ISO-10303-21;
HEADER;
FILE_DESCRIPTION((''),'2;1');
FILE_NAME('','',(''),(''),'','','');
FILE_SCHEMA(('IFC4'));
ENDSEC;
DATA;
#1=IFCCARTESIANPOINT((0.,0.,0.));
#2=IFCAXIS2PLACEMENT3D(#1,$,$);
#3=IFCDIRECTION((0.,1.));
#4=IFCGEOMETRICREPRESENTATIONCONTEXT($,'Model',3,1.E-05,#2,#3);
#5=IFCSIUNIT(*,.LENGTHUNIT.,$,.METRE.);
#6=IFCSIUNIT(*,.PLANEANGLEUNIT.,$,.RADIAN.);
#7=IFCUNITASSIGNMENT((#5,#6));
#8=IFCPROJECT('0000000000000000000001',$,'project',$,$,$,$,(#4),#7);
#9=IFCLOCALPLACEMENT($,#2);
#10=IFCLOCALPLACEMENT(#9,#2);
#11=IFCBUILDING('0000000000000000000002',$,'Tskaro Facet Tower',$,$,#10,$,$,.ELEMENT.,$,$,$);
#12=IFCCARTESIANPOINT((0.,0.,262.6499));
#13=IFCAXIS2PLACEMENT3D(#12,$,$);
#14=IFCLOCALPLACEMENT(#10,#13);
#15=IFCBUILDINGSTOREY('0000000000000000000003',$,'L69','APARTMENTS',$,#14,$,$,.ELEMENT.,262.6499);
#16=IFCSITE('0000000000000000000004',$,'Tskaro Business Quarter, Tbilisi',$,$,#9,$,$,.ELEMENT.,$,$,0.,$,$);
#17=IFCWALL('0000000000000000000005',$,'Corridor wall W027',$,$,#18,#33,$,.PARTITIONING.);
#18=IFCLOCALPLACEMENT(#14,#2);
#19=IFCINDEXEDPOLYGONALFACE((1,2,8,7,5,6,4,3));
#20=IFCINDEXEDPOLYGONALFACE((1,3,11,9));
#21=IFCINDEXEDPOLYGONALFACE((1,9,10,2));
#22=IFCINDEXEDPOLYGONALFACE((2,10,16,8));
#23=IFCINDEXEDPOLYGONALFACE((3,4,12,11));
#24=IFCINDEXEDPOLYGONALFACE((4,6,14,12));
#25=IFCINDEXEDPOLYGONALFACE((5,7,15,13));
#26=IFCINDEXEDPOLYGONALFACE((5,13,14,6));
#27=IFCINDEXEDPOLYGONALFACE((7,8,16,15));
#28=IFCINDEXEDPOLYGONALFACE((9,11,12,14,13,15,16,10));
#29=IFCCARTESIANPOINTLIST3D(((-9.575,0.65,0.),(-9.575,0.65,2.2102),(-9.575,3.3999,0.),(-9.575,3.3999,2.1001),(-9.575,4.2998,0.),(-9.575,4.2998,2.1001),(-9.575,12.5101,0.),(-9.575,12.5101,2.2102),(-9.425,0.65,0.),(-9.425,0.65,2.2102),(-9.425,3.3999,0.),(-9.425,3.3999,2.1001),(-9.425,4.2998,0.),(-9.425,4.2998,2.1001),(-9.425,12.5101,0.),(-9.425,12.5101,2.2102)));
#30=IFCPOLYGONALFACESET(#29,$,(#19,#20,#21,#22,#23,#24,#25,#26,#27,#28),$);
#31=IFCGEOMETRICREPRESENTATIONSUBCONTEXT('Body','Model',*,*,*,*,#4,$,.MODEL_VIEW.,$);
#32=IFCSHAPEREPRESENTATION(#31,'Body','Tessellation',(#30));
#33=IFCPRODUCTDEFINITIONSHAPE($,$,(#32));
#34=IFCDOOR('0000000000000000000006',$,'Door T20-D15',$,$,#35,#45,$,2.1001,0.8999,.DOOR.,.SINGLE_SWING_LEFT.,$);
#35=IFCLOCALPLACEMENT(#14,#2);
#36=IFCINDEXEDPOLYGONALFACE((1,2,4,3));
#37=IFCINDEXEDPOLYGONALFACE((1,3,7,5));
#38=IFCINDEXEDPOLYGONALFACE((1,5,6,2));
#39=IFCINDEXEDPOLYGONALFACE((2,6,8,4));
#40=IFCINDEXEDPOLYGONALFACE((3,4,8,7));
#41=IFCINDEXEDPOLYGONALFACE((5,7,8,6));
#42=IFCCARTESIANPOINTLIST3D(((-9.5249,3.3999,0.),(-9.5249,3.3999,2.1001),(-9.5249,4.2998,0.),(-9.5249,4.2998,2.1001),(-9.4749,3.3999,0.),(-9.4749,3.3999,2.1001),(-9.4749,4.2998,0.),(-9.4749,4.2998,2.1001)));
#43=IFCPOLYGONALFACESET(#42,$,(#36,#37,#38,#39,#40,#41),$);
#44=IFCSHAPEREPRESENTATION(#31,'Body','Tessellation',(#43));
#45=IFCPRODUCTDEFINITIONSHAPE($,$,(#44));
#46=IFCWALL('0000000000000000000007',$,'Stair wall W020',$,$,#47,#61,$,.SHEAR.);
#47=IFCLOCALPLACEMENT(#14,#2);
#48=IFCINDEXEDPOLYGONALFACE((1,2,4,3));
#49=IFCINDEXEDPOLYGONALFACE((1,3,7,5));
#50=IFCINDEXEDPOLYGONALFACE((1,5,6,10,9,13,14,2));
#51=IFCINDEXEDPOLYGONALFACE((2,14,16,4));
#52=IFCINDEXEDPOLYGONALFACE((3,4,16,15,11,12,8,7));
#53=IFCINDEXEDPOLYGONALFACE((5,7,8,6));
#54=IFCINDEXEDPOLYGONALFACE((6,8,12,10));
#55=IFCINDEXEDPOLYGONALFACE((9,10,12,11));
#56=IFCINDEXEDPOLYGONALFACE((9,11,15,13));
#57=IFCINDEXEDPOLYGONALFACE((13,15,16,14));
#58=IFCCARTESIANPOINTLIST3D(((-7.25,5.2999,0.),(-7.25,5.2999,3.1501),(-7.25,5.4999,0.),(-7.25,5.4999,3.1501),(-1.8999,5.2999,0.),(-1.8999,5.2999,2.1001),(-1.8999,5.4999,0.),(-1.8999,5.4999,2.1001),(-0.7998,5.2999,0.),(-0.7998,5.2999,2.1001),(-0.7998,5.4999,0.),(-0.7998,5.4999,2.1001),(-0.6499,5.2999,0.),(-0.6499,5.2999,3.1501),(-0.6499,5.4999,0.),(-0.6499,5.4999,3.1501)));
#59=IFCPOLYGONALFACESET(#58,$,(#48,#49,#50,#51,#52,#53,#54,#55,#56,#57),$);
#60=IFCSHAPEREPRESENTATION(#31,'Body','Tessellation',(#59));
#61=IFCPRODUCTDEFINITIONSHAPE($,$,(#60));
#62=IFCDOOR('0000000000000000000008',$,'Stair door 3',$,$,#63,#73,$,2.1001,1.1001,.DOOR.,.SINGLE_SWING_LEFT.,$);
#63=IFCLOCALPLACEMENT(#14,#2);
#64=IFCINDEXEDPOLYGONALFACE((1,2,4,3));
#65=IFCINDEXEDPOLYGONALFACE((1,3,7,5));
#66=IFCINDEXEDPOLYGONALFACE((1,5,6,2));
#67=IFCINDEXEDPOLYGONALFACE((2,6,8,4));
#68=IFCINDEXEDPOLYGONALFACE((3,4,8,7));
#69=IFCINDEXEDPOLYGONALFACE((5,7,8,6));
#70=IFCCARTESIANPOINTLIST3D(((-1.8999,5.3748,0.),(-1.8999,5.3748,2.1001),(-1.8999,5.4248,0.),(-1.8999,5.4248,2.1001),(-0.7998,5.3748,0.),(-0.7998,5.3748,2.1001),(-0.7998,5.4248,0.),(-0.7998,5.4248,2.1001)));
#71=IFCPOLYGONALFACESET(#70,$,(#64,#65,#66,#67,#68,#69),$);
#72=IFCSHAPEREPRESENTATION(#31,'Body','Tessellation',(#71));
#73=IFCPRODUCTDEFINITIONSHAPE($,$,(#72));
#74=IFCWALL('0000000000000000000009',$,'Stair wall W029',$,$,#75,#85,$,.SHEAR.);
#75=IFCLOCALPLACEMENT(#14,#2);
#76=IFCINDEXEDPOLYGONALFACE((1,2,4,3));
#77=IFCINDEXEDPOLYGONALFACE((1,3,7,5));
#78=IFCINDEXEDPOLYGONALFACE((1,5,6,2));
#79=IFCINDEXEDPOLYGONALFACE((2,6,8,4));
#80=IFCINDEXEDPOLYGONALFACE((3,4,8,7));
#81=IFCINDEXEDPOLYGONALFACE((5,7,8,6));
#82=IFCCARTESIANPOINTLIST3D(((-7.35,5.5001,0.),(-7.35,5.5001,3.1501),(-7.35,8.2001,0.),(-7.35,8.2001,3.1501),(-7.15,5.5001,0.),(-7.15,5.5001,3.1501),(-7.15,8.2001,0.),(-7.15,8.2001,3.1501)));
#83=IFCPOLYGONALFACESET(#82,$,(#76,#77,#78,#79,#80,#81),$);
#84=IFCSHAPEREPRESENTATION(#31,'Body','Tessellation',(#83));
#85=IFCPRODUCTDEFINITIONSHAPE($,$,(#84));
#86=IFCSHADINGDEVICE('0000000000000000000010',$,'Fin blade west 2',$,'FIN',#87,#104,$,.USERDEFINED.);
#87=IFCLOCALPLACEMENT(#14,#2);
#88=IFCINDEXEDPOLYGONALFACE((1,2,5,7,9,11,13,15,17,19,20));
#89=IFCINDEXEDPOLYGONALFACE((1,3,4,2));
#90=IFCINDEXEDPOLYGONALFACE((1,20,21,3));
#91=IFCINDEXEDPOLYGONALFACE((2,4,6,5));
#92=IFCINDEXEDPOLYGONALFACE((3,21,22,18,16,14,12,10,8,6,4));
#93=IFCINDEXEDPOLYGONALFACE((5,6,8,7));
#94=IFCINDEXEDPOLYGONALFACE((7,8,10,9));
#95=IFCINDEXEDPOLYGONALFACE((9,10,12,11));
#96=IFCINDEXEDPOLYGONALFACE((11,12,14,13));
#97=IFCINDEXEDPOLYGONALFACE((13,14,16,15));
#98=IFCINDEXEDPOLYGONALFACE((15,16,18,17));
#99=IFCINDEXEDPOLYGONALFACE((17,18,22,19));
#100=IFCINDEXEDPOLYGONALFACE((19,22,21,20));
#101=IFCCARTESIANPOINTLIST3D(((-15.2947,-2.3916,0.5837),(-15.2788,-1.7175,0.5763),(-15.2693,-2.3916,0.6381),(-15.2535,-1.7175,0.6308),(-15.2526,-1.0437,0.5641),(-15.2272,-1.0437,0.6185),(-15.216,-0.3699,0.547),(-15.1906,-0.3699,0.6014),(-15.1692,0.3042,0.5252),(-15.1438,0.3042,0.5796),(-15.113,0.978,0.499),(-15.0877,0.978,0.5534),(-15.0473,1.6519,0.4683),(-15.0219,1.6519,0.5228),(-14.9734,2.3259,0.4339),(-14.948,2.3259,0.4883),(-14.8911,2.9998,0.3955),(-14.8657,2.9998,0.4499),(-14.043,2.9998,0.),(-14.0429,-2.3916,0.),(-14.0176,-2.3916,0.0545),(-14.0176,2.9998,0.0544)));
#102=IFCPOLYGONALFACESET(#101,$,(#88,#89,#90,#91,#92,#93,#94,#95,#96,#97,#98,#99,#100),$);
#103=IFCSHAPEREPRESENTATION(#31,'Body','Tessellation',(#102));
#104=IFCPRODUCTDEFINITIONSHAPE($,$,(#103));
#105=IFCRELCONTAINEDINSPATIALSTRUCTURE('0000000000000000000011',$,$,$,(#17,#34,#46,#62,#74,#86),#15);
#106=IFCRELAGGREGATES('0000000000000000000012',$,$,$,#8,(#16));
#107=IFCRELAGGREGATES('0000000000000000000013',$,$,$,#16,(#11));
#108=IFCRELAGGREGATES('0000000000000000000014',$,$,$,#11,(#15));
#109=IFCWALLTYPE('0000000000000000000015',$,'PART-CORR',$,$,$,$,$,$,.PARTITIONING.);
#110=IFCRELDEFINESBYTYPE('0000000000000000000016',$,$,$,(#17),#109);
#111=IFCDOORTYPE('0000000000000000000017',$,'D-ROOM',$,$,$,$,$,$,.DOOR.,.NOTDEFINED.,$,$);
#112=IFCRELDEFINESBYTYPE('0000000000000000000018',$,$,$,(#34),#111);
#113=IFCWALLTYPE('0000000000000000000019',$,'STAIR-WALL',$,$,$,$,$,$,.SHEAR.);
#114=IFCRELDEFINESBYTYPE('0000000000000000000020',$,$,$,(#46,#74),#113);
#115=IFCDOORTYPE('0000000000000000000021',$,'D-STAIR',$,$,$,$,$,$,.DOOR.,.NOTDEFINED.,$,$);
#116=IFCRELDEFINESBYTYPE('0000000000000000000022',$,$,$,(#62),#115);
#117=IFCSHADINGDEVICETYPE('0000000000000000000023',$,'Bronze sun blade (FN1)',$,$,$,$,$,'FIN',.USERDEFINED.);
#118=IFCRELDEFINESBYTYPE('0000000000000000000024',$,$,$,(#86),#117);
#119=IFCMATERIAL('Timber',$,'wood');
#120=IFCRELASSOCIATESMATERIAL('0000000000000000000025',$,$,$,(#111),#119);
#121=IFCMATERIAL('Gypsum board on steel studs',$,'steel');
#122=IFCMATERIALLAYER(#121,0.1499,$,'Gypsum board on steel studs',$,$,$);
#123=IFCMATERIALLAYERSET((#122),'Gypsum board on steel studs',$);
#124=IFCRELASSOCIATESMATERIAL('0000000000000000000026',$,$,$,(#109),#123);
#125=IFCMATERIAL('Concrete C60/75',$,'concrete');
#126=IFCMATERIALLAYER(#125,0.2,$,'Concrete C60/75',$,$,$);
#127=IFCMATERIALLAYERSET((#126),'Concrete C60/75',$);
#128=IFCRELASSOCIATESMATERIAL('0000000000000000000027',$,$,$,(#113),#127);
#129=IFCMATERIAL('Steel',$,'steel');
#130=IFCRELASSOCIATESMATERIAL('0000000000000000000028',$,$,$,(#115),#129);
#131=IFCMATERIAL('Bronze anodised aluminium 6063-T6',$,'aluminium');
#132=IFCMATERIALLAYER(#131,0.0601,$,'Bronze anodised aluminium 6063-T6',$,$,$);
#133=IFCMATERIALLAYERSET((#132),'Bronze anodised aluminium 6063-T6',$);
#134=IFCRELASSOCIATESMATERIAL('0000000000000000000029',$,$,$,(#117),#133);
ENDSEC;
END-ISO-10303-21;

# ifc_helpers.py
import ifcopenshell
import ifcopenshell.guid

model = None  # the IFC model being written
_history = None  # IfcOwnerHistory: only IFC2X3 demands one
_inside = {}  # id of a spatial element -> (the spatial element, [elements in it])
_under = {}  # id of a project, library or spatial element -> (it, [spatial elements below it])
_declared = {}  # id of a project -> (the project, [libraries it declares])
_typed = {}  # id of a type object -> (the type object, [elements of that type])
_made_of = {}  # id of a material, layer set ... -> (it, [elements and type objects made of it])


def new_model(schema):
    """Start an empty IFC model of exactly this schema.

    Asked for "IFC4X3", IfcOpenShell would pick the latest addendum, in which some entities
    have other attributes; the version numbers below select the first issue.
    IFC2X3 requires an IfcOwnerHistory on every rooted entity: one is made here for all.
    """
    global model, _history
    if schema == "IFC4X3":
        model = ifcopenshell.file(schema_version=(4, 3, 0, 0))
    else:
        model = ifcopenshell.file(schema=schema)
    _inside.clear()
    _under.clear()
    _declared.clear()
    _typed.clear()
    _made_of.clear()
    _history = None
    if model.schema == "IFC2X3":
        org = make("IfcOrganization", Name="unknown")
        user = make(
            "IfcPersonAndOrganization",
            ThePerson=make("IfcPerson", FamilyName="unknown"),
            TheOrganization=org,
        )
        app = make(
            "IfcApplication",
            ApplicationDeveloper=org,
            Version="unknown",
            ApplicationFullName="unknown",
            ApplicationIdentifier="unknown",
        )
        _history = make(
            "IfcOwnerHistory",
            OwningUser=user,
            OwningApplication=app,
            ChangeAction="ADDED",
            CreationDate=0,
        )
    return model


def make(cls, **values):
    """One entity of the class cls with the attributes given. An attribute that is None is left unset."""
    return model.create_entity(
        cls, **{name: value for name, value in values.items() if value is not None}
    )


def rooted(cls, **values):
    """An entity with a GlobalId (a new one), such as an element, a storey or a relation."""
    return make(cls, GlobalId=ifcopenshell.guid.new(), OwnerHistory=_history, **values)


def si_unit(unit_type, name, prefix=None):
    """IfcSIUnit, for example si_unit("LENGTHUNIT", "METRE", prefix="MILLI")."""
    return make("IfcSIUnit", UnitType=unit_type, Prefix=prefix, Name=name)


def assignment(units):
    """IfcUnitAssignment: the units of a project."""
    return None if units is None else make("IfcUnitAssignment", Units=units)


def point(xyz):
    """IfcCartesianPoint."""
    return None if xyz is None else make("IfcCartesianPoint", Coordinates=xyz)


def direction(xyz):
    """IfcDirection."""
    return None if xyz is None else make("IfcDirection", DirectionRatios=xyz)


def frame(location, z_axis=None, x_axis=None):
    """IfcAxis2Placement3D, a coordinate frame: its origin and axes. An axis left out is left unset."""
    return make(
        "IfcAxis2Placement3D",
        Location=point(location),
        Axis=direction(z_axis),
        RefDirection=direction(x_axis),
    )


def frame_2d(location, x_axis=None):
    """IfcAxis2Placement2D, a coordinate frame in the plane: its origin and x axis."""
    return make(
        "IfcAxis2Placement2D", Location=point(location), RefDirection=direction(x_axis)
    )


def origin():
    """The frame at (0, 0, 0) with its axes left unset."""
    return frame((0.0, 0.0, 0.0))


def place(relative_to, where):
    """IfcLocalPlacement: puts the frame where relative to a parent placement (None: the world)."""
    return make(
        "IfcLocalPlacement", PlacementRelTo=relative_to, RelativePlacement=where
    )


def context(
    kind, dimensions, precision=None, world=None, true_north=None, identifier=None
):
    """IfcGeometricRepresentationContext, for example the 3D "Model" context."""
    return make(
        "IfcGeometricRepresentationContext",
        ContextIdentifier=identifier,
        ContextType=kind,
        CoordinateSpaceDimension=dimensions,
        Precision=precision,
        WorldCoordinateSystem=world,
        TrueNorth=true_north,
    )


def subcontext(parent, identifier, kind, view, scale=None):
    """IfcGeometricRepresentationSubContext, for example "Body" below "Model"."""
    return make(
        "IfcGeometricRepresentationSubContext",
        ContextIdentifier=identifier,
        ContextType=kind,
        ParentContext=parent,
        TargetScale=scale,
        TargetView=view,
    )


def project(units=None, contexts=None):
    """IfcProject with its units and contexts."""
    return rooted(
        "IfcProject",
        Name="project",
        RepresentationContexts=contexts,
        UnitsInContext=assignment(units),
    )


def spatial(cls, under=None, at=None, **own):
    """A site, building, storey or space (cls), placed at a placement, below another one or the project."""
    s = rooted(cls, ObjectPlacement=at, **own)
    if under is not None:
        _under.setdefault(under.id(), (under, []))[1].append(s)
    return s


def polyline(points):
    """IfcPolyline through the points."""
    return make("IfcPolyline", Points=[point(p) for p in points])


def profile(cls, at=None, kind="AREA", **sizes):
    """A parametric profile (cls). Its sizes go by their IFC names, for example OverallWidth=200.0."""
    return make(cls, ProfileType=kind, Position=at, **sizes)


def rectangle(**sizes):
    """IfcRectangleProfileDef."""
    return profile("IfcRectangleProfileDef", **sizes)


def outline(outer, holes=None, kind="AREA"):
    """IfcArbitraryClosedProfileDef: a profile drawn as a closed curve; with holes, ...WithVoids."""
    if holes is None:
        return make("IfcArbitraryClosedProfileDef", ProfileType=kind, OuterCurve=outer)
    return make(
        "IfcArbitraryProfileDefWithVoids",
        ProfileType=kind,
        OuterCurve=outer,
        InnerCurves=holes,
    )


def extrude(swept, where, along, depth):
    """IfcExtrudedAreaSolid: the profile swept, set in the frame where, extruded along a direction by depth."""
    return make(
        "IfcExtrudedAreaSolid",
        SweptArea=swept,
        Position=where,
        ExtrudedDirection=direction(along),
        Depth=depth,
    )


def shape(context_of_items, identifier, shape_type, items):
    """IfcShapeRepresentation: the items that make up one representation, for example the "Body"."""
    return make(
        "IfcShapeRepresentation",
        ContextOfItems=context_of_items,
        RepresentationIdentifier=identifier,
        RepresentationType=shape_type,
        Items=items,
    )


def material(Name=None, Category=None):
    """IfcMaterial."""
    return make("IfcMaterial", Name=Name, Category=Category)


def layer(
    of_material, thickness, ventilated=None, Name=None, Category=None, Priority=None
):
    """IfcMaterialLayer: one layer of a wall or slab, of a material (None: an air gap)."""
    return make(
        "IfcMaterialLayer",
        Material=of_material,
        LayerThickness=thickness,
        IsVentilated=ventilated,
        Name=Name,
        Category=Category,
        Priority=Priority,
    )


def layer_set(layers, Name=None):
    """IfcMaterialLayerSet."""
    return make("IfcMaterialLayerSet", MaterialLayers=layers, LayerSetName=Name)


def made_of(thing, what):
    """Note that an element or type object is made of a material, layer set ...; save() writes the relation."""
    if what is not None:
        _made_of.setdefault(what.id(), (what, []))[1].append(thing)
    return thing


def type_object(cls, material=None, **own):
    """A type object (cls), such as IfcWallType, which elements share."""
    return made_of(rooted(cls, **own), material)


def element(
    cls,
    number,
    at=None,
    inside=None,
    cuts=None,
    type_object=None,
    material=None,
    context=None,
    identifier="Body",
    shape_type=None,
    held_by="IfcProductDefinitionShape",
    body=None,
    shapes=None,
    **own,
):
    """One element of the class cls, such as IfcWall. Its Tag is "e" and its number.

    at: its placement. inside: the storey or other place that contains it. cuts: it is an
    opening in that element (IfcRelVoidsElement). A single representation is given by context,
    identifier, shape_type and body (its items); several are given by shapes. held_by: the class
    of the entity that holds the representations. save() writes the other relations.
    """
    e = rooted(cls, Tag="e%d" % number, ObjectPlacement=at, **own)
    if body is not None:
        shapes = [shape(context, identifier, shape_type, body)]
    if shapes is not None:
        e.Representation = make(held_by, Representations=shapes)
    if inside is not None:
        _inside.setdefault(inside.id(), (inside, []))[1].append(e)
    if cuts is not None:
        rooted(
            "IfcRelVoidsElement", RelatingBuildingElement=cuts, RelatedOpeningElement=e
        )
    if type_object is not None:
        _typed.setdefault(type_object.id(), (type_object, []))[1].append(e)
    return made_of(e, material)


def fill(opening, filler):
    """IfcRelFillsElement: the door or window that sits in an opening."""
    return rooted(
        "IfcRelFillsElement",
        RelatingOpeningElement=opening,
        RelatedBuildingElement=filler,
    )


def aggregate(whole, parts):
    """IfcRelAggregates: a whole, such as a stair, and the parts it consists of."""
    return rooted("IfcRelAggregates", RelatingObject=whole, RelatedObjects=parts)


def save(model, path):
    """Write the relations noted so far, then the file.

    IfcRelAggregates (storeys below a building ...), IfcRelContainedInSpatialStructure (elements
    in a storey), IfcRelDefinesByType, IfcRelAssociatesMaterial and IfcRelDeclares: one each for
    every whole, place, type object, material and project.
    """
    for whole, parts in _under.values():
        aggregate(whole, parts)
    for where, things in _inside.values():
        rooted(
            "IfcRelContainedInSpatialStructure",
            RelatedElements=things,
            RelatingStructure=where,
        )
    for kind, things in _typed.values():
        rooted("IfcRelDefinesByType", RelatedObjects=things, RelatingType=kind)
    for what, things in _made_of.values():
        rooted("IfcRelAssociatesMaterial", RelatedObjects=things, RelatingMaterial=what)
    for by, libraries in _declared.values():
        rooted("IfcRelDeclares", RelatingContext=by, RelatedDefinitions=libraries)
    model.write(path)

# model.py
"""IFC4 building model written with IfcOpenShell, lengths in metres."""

from ifc_helpers import new_model, si_unit, direction, frame, frame_2d, origin, place, context, subcontext, project, spatial, polyline, rectangle, outline, extrude, material, layer, layer_set, type_object, element, fill, save


model = new_model("IFC4")

# Units and contexts
model_context = context("Model", 3, precision=1e-05, world=origin(), true_north=direction((0.0, 1.0)))
body_context = subcontext(model_context, "Body", "Model", "MODEL_VIEW")
ifc_project = project(units=[si_unit("LENGTHUNIT", "METRE"), si_unit("PLANEANGLEUNIT", "RADIAN")], contexts=[model_context])

# Site, building, storey
site_placement = place(None, origin())
site = spatial("IfcSite", under=ifc_project, at=site_placement, Name="Tskaro Business Quarter, Tbilisi", CompositionType="ELEMENT", RefElevation=0.0)
building_placement = place(site_placement, origin())
building = spatial("IfcBuilding", under=site, at=building_placement, Name="Tskaro Facet Tower", CompositionType="ELEMENT")
storey_placement = place(building_placement, frame((0.0, 0.0, 262.6499)))
storey = spatial("IfcBuildingStorey", under=building, at=storey_placement, Name="L69", Description="APARTMENTS", CompositionType="ELEMENT", Elevation=262.6499)

# Shared definitions
ifc_material_1 = material(Name="Bronze anodised aluminium 6063-T6", Category="aluminium")

# Shared definitions
ifc_material_2 = material(Name="Timber", Category="wood")
door_type_1 = type_object("IfcDoorType", Name="D-ROOM", OperationType="NOTDEFINED", PredefinedType="DOOR", material=ifc_material_2)

# Shared definitions
ifc_material_3 = material(Name="Steel", Category="steel")

# Shared definitions
ifc_material_4 = material(Name="Gypsum board on steel studs", Category="steel")
ifc_layer_1 = layer(ifc_material_4, 0.1499, Name="Gypsum board on steel studs")
ifc_layer_set_1 = layer_set([ifc_layer_1], Name="Gypsum board on steel studs")
wall_type_1 = type_object("IfcWallType", Name="PART-CORR", PredefinedType="PARTITIONING", material=ifc_layer_set_1)

# Walls, openings, doors
wall_1_placement = place(storey_placement, frame((-9.5, 0.6499, 0.0), z_axis=(0.0, 0.0, 1.0), x_axis=(0.0, 1.0, 0.0)))
wall_1 = element("IfcWall", 1, at=wall_1_placement, inside=storey, type_object=wall_type_1, Name="Corridor wall W027", PredefinedType="PARTITIONING", context=body_context, shape_type="SweptSolid", body=[
    extrude(rectangle(XDim=11.8601, YDim=0.1499, at=frame_2d((5.9302, 0.0))), origin(), (0.0, 0.0, 1.0), 2.2102),
])
opening_1_placement = place(wall_1_placement, frame((2.75, 0.0, 0.0)))
opening_1 = element("IfcOpeningElement", 2, at=opening_1_placement, cuts=wall_1, PredefinedType="OPENING", context=body_context, shape_type="SweptSolid", body=[
    extrude(rectangle(XDim=0.8999, YDim=2.1001, at=frame_2d((0.45, 1.05))), frame((0.0, 0.085, 0.0), z_axis=(0.0, -1.0, 0.0), x_axis=(1.0, 0.0, 0.0)), (0.0, 0.0, 1.0), 0.1699),
])
door_1_placement = place(opening_1_placement, origin())
door_1 = element("IfcDoor", 3, at=door_1_placement, inside=storey, type_object=door_type_1, Name="Door T20-D15", OperationType="SINGLE_SWING_LEFT", OverallHeight=2.1001, OverallWidth=0.8999, PredefinedType="DOOR", context=body_context, shape_type="SweptSolid", body=[
    extrude(rectangle(XDim=0.8999, YDim=2.1001, at=frame_2d((0.45, 1.05))), frame((0.0, 0.0249, 0.0), z_axis=(0.0, -1.0, 0.0), x_axis=(1.0, 0.0, 0.0)), (0.0, 0.0, 1.0), 0.05),
])
fill(opening_1, door_1)
ifc_material_5 = material(Name="Concrete C60/75", Category="concrete")
ifc_layer_2 = layer(ifc_material_5, 0.2, Name="Concrete C60/75")
ifc_layer_set_2 = layer_set([ifc_layer_2], Name="Concrete C60/75")
wall_type_2 = type_object("IfcWallType", Name="STAIR-WALL", PredefinedType="SHEAR", material=ifc_layer_set_2)
wall_2_placement = place(storey_placement, frame((-7.25, 5.3999, 0.0), z_axis=(0.0, 0.0, 1.0), x_axis=(1.0, 0.0, 0.0)))
wall_2 = element("IfcWall", 4, at=wall_2_placement, inside=storey, type_object=wall_type_2, Name="Stair wall W020", PredefinedType="SHEAR", context=body_context, shape_type="SweptSolid", body=[
    extrude(rectangle(XDim=6.6001, YDim=0.2, at=frame_2d((3.3, 0.0))), origin(), (0.0, 0.0, 1.0), 3.1501),
])
opening_2_placement = place(wall_2_placement, frame((5.3501, 0.0, 0.0)))
opening_2 = element("IfcOpeningElement", 5, at=opening_2_placement, cuts=wall_2, PredefinedType="OPENING", context=body_context, shape_type="SweptSolid", body=[
    extrude(rectangle(XDim=1.1001, YDim=2.1001, at=frame_2d((0.55, 1.05))), frame((0.0, 0.1099, 0.0), z_axis=(0.0, -1.0, 0.0), x_axis=(1.0, 0.0, 0.0)), (0.0, 0.0, 1.0), 0.22),
])
door_type_2 = type_object("IfcDoorType", Name="D-STAIR", OperationType="NOTDEFINED", PredefinedType="DOOR", material=ifc_material_3)
door_2_placement = place(opening_2_placement, origin())
door_2 = element("IfcDoor", 6, at=door_2_placement, inside=storey, type_object=door_type_2, Name="Stair door 3", OperationType="SINGLE_SWING_LEFT", OverallHeight=2.1001, OverallWidth=1.1001, PredefinedType="DOOR", context=body_context, shape_type="SweptSolid", body=[
    extrude(rectangle(XDim=1.1001, YDim=2.1001, at=frame_2d((0.55, 1.05))), frame((0.0, 0.0249, 0.0), z_axis=(0.0, -1.0, 0.0), x_axis=(1.0, 0.0, 0.0)), (0.0, 0.0, 1.0), 0.05),
])
fill(opening_2, door_2)

# Wall
wall_3_placement = place(storey_placement, frame((-7.25, 5.5, 0.0), z_axis=(0.0, 0.0, 1.0), x_axis=(0.0, 1.0, 0.0)))
element("IfcWall", 7, at=wall_3_placement, inside=storey, type_object=wall_type_2, Name="Stair wall W029", PredefinedType="SHEAR", context=body_context, shape_type="SweptSolid", body=[
    extrude(rectangle(XDim=2.7, YDim=0.2, at=frame_2d((1.3501, 0.0))), origin(), (0.0, 0.0, 1.0), 3.1501),
])

# Shading device
ifc_layer_3 = layer(ifc_material_1, 0.0601, Name="Bronze anodised aluminium 6063-T6")
ifc_layer_set_3 = layer_set([ifc_layer_3], Name="Bronze anodised aluminium 6063-T6")
shading_device_type = type_object("IfcShadingDeviceType", Name="Bronze sun blade (FN1)", ElementType="FIN", PredefinedType="USERDEFINED", material=ifc_layer_set_3)
shading_device_placement = place(storey_placement, frame((-14.0176, 2.9998, 0.0544), z_axis=(0.4226, 0.000007, 0.906316), x_axis=(0.000003, -1.0, 0.000006)))
element("IfcShadingDevice", 8, at=shading_device_placement, inside=storey, type_object=shading_device_type, Name="Fin blade west 2", ObjectType="FIN", PredefinedType="USERDEFINED", context=body_context, shape_type="SweptSolid", body=[
    extrude(outline(polyline([(0.0, 0.0), (5.3914, 0.0), (5.3914, -1.3811), (4.7173, -1.3637), (4.0435, -1.3347), (3.3696, -1.2943), (2.6956, -1.2426), (2.0217, -1.1807), (1.3479, -1.1082), (0.6738, -1.0266), (0.0, -0.9358), (0.0, 0.0)])), origin(), (0.0, 0.0, -1.0), 0.0601),
])

save(model, "model.ifc")
